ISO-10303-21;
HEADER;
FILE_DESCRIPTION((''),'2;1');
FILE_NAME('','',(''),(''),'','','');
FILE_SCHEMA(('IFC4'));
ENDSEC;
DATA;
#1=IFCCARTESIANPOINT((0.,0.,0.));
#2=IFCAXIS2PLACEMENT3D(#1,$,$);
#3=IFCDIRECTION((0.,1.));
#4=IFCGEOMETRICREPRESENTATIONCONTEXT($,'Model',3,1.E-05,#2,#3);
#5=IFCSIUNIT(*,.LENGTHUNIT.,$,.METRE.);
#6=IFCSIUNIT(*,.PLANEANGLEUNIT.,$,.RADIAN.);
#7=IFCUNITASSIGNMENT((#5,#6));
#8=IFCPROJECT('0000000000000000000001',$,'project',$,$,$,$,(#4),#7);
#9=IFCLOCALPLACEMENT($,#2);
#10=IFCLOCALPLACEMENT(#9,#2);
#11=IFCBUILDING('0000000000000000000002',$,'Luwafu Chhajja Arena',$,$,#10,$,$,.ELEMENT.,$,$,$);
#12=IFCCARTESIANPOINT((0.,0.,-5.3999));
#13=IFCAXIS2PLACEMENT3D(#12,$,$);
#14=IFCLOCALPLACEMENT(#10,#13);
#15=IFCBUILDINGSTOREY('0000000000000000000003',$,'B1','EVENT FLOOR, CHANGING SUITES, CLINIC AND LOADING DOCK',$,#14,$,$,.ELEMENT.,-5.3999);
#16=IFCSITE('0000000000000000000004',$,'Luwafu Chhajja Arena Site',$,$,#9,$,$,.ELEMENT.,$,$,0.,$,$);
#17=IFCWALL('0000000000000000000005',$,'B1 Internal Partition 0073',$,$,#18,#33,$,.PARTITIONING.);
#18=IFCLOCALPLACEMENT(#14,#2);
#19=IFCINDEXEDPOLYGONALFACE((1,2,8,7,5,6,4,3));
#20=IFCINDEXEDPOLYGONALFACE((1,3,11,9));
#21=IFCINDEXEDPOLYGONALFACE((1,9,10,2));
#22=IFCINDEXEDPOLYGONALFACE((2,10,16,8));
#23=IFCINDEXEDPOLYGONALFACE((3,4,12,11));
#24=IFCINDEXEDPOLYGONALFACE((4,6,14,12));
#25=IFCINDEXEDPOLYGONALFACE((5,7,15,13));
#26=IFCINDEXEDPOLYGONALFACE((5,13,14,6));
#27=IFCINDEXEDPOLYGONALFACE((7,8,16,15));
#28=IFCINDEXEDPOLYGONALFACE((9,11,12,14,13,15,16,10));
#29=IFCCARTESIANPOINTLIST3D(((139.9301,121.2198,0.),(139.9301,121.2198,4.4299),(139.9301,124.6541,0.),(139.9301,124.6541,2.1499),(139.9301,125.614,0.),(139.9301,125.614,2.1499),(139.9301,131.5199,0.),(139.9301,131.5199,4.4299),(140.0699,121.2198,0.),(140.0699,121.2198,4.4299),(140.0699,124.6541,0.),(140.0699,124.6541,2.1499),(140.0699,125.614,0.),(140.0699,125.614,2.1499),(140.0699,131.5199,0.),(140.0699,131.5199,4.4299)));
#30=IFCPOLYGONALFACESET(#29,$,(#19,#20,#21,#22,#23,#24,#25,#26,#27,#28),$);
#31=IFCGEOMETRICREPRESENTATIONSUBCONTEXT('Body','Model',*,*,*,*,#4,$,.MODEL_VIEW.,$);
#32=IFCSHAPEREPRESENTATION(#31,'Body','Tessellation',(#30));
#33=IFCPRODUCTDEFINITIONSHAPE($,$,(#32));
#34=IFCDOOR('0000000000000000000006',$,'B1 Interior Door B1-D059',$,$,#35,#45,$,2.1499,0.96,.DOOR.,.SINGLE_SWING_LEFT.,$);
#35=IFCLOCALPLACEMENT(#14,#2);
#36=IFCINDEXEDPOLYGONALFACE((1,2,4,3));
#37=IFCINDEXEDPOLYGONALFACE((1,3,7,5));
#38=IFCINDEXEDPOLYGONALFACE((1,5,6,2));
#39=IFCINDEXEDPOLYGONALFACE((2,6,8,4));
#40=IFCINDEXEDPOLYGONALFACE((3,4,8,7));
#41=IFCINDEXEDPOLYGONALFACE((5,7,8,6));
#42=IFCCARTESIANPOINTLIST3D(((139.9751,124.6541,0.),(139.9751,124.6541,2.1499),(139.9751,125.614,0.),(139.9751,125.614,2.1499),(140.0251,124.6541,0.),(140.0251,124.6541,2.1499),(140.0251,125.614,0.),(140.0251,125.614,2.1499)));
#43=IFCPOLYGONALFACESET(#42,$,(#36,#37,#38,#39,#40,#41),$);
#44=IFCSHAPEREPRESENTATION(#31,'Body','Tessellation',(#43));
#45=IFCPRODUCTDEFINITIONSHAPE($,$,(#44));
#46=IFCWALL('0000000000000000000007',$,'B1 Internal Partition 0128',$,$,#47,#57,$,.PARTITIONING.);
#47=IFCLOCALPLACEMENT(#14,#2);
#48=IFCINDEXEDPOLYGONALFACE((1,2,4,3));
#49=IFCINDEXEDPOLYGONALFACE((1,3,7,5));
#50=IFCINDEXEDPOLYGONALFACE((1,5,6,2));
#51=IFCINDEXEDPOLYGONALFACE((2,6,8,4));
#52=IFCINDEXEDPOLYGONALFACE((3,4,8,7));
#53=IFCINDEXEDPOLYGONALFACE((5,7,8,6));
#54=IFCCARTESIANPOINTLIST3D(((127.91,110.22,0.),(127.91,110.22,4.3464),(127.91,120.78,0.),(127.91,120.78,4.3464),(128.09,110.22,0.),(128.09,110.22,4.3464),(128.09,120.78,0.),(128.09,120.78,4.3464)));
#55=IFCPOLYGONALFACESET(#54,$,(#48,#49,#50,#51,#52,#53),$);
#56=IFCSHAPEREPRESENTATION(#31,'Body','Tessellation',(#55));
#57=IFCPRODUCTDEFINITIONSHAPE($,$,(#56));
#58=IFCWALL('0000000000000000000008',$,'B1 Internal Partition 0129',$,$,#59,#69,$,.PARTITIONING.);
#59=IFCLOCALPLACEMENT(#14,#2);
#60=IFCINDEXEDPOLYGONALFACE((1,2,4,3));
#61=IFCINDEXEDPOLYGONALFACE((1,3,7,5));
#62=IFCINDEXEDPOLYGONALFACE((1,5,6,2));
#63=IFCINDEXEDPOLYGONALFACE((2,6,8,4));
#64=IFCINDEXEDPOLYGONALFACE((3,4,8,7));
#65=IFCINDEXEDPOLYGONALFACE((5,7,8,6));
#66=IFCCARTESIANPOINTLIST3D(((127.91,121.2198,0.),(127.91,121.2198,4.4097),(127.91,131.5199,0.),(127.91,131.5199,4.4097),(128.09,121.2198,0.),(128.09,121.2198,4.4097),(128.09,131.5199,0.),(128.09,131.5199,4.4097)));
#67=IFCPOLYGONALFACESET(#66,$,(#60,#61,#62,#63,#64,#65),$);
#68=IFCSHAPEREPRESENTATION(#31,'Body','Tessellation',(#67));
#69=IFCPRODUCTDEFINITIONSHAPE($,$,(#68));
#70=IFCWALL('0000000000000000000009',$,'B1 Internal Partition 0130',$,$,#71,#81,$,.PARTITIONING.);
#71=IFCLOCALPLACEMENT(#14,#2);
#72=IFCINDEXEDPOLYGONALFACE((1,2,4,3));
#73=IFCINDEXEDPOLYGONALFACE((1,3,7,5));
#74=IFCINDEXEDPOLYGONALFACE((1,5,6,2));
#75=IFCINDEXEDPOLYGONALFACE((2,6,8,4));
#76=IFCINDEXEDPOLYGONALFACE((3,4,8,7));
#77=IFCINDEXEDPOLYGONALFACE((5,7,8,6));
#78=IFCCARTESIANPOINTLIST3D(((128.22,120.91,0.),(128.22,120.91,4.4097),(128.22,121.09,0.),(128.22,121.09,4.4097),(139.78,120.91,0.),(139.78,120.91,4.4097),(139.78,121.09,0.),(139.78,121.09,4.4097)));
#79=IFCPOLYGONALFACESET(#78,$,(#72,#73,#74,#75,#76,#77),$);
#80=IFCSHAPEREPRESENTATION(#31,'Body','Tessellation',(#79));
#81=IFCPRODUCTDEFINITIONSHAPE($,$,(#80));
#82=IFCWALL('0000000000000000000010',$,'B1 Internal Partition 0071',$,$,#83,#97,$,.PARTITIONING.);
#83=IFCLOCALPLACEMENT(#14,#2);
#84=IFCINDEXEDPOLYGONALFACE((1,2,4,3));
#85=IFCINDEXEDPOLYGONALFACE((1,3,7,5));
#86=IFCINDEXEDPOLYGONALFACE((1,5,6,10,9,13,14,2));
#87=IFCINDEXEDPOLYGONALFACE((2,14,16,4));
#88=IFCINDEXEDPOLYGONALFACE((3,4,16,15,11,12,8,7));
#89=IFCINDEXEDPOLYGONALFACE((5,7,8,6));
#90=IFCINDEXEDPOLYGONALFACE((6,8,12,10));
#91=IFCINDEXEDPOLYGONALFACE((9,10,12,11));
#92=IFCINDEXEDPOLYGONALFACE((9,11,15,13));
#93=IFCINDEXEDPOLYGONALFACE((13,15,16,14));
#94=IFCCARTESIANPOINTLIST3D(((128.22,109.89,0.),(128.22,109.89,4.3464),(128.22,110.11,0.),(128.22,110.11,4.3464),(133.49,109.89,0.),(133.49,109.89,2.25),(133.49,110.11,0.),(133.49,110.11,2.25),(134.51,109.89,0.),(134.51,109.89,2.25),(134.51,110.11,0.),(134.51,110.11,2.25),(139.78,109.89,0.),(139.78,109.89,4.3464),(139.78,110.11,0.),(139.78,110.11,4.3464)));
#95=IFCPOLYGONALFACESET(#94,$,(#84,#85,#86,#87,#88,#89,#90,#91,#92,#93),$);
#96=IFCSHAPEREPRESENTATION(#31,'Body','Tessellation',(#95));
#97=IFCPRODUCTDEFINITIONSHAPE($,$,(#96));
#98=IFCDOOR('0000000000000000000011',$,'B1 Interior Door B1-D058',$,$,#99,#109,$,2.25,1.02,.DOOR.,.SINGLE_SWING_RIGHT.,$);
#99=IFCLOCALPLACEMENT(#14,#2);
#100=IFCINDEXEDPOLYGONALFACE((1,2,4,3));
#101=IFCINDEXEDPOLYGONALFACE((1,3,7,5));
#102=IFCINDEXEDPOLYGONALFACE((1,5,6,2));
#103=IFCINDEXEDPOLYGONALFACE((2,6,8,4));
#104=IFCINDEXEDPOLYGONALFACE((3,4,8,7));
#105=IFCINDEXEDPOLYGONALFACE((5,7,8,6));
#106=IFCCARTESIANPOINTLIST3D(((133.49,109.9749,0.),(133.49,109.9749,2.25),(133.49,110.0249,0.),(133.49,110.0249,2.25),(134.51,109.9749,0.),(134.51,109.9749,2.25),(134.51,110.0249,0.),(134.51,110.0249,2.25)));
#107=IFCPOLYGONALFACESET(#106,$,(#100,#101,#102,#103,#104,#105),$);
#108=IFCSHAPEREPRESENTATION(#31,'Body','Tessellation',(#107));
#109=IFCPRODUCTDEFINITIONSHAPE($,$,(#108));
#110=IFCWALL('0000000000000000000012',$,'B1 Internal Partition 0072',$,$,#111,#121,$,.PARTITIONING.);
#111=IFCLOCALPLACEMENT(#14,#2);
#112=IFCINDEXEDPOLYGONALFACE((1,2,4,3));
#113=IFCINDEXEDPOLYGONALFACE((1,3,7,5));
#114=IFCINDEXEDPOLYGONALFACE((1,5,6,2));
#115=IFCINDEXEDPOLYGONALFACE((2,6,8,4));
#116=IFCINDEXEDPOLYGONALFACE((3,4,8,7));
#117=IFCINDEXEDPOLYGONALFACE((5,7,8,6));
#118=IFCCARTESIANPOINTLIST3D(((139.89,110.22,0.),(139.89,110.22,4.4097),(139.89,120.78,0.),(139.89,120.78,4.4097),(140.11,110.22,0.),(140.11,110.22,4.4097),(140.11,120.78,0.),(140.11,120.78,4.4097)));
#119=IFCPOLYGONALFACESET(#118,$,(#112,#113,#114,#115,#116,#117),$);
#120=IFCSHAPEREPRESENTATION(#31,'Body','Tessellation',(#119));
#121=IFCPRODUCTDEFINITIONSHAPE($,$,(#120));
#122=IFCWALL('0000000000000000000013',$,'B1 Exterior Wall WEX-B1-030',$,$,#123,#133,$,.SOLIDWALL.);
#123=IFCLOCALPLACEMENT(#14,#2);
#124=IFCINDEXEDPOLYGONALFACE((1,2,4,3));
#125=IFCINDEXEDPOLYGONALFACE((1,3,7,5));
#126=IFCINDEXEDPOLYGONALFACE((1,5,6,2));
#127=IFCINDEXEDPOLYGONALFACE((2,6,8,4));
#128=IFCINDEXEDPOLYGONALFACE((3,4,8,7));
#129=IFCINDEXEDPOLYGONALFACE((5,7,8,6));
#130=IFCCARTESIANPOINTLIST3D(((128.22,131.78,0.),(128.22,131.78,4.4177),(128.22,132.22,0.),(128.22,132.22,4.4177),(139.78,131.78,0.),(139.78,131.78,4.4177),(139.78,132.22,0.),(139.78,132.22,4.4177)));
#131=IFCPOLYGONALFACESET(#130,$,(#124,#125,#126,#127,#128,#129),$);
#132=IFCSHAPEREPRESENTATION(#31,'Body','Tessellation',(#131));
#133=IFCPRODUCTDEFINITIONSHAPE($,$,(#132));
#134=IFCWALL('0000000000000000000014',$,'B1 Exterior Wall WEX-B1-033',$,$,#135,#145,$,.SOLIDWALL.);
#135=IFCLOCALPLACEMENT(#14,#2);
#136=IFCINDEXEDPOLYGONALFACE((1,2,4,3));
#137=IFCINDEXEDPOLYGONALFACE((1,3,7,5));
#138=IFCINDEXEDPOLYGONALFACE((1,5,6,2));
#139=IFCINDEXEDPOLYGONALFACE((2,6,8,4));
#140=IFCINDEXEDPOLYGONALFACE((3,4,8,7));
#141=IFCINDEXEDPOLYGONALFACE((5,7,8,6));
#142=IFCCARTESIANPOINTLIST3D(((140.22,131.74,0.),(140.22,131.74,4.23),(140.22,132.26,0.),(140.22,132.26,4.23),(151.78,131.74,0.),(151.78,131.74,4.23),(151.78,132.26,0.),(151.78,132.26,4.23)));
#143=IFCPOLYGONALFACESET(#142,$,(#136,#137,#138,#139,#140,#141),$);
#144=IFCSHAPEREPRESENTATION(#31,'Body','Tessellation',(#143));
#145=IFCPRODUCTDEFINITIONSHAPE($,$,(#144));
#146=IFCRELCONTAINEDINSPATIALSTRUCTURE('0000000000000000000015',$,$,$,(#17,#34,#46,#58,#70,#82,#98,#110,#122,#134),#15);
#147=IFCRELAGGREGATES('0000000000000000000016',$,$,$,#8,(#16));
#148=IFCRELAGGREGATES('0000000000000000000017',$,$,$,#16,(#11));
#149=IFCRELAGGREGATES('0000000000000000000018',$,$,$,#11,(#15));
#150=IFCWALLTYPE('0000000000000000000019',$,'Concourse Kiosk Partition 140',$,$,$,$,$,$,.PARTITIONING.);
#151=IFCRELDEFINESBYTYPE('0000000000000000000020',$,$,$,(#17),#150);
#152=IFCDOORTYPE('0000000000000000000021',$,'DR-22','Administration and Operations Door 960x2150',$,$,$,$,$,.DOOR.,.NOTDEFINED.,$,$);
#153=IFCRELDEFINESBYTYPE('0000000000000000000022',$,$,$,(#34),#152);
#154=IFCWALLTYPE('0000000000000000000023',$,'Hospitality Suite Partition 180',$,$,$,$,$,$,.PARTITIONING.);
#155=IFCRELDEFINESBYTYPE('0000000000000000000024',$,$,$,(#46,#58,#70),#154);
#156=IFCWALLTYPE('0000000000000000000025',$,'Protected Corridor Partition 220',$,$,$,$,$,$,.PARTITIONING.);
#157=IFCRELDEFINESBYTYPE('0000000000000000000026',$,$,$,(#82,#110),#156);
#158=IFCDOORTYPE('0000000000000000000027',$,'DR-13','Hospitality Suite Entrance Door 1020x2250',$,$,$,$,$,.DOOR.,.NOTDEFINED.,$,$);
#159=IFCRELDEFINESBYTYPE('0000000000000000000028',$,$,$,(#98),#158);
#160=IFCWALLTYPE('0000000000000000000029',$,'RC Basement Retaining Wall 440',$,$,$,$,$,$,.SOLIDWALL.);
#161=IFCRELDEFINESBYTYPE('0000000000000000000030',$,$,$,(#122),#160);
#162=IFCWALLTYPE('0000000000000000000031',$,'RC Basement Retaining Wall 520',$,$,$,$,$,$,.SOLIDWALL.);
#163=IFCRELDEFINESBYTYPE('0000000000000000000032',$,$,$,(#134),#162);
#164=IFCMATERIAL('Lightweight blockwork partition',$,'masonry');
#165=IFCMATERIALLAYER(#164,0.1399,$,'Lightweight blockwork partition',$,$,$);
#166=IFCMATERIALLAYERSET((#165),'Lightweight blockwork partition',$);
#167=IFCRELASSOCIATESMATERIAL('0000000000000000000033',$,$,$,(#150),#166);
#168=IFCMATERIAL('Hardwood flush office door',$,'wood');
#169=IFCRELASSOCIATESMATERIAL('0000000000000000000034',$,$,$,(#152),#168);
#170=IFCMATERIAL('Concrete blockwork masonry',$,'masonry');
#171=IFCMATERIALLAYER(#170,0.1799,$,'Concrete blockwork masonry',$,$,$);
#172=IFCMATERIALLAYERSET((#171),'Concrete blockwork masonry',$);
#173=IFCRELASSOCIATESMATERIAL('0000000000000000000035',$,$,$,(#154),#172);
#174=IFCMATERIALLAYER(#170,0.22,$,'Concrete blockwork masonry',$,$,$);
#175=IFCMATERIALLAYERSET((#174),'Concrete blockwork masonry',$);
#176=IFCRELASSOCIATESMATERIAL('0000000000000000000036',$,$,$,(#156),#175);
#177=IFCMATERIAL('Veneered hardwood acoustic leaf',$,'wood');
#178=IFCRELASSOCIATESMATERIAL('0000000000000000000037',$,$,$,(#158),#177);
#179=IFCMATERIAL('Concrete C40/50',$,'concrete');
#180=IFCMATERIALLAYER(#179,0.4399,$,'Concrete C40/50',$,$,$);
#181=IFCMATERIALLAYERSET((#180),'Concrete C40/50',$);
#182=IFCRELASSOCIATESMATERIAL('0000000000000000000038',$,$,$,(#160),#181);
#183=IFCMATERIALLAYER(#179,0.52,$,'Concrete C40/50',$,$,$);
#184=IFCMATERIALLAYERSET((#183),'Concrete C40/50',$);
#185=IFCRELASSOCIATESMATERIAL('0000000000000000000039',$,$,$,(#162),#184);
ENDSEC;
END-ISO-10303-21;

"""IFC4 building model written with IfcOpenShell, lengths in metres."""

from ifc_helpers import new_model, si_unit, direction, frame, frame_2d, origin, place, context, subcontext, project, spatial, rectangle, extrude, material, layer, layer_set, type_object, element, fill, save


model = new_model("IFC4")

# Units and contexts
model_context = context("Model", 3, precision=1e-05, world=origin(), true_north=direction((0.0, 1.0)))
body_context = subcontext(model_context, "Body", "Model", "MODEL_VIEW")
ifc_project = project(units=[si_unit("LENGTHUNIT", "METRE"), si_unit("PLANEANGLEUNIT", "RADIAN")], contexts=[model_context])

# Site, building, storey
site_placement = place(None, origin())
site = spatial("IfcSite", under=ifc_project, at=site_placement, Name="Luwafu Chhajja Arena Site", CompositionType="ELEMENT", RefElevation=0.0)
building_placement = place(site_placement, origin())
building = spatial("IfcBuilding", under=site, at=building_placement, Name="Luwafu Chhajja Arena", CompositionType="ELEMENT")
storey_placement = place(building_placement, frame((0.0, 0.0, -5.3999)))
storey = spatial("IfcBuildingStorey", under=building, at=storey_placement, Name="B1", Description="EVENT FLOOR, CHANGING SUITES, CLINIC AND LOADING DOCK", CompositionType="ELEMENT", Elevation=-5.3999)

# Shared definitions
ifc_material_1 = material(Name="Concrete C40/50", Category="concrete")

# Wall, opening, door
ifc_material_2 = material(Name="Lightweight blockwork partition", Category="masonry")
ifc_layer_1 = layer(ifc_material_2, 0.1399, Name="Lightweight blockwork partition")
ifc_layer_set_1 = layer_set([ifc_layer_1], Name="Lightweight blockwork partition")
wall_type_1 = type_object("IfcWallType", Name="Concourse Kiosk Partition 140", PredefinedType="PARTITIONING", material=ifc_layer_set_1)
wall_1_placement = place(storey_placement, frame((140.0, 121.22, 0.0), z_axis=(0.0, 0.0, 1.0), x_axis=(0.0, 1.0, 0.0)))
wall_1 = element("IfcWall", 1, at=wall_1_placement, inside=storey, type_object=wall_type_1, Name="B1 Internal Partition 0073", PredefinedType="PARTITIONING", context=body_context, shape_type="SweptSolid", body=[
    extrude(rectangle(XDim=10.3, YDim=0.1399, at=frame_2d((5.1499, 0.0))), origin(), (0.0, 0.0, 1.0), 4.4299),
])
opening_1_placement = place(wall_1_placement, frame((3.4341, 0.0, 0.0)))
opening_1 = element("IfcOpeningElement", 2, at=opening_1_placement, cuts=wall_1, PredefinedType="OPENING", context=body_context, shape_type="SweptSolid", body=[
    extrude(rectangle(XDim=0.96, YDim=2.1499, at=frame_2d((0.48, 1.075))), frame((0.0, 0.0798, 0.0), z_axis=(0.0, -1.0, 0.0), x_axis=(1.0, 0.0, 0.0)), (0.0, 0.0, 1.0), 0.1599),
])
ifc_material_3 = material(Name="Hardwood flush office door", Category="wood")
door_type_1 = type_object("IfcDoorType", Name="DR-22", Description="Administration and Operations Door 960x2150", OperationType="NOTDEFINED", PredefinedType="DOOR", material=ifc_material_3)
door_1_placement = place(opening_1_placement, origin())
door_1 = element("IfcDoor", 3, at=door_1_placement, inside=storey, type_object=door_type_1, Name="B1 Interior Door B1-D059", OperationType="SINGLE_SWING_LEFT", OverallHeight=2.1499, OverallWidth=0.96, PredefinedType="DOOR", context=body_context, shape_type="SweptSolid", body=[
    extrude(rectangle(XDim=0.96, YDim=2.1499, at=frame_2d((0.48, 1.075))), frame((0.0, 0.0249, 0.0), z_axis=(0.0, -1.0, 0.0), x_axis=(1.0, 0.0, 0.0)), (0.0, 0.0, 1.0), 0.05),
])
fill(opening_1, door_1)

# Walls
ifc_material_4 = material(Name="Concrete blockwork masonry", Category="masonry")
ifc_layer_2 = layer(ifc_material_4, 0.1799, Name="Concrete blockwork masonry")
ifc_layer_set_2 = layer_set([ifc_layer_2], Name="Concrete blockwork masonry")
wall_type_2 = type_object("IfcWallType", Name="Hospitality Suite Partition 180", PredefinedType="PARTITIONING", material=ifc_layer_set_2)
wall_2_placement = place(storey_placement, frame((128.0, 110.22, 0.0), z_axis=(0.0, 0.0, 1.0), x_axis=(0.0, 1.0, 0.0)))
element("IfcWall", 4, at=wall_2_placement, inside=storey, type_object=wall_type_2, Name="B1 Internal Partition 0128", PredefinedType="PARTITIONING", context=body_context, shape_type="SweptSolid", body=[
    extrude(rectangle(XDim=10.5601, YDim=0.1799, at=frame_2d((5.28, 0.0))), origin(), (0.0, 0.0, 1.0), 4.3464),
])
wall_3_placement = place(storey_placement, frame((128.0, 121.22, 0.0), z_axis=(0.0, 0.0, 1.0), x_axis=(0.0, 1.0, 0.0)))
element("IfcWall", 5, at=wall_3_placement, inside=storey, type_object=wall_type_2, Name="B1 Internal Partition 0129", PredefinedType="PARTITIONING", context=body_context, shape_type="SweptSolid", body=[
    extrude(rectangle(XDim=10.3, YDim=0.1799, at=frame_2d((5.1499, 0.0))), origin(), (0.0, 0.0, 1.0), 4.4097),
])
wall_4_placement = place(storey_placement, frame((128.22, 121.0, 0.0), z_axis=(0.0, 0.0, 1.0), x_axis=(1.0, 0.0, 0.0)))
element("IfcWall", 6, at=wall_4_placement, inside=storey, type_object=wall_type_2, Name="B1 Internal Partition 0130", PredefinedType="PARTITIONING", context=body_context, shape_type="SweptSolid", body=[
    extrude(rectangle(XDim=11.5601, YDim=0.1799, at=frame_2d((5.78, 0.0))), origin(), (0.0, 0.0, 1.0), 4.4097),
])

# Wall, opening, door
ifc_layer_3 = layer(ifc_material_4, 0.22, Name="Concrete blockwork masonry")
ifc_layer_set_3 = layer_set([ifc_layer_3], Name="Concrete blockwork masonry")
wall_type_3 = type_object("IfcWallType", Name="Protected Corridor Partition 220", PredefinedType="PARTITIONING", material=ifc_layer_set_3)
wall_5_placement = place(storey_placement, frame((128.22, 110.0, 0.0), z_axis=(0.0, 0.0, 1.0), x_axis=(1.0, 0.0, 0.0)))
wall_5 = element("IfcWall", 7, at=wall_5_placement, inside=storey, type_object=wall_type_3, Name="B1 Internal Partition 0071", PredefinedType="PARTITIONING", context=body_context, shape_type="SweptSolid", body=[
    extrude(rectangle(XDim=11.5601, YDim=0.22, at=frame_2d((5.78, 0.0))), origin(), (0.0, 0.0, 1.0), 4.3464),
])
opening_2_placement = place(wall_5_placement, frame((5.27, 0.0, 0.0)))
opening_2 = element("IfcOpeningElement", 8, at=opening_2_placement, cuts=wall_5, PredefinedType="OPENING", context=body_context, shape_type="SweptSolid", body=[
    extrude(rectangle(XDim=1.02, YDim=2.25, at=frame_2d((0.51, 1.125))), frame((0.0, 0.1199, 0.0), z_axis=(0.0, -1.0, 0.0), x_axis=(1.0, 0.0, 0.0)), (0.0, 0.0, 1.0), 0.24),
])
ifc_material_5 = material(Name="Veneered hardwood acoustic leaf", Category="wood")
door_type_2 = type_object("IfcDoorType", Name="DR-13", Description="Hospitality Suite Entrance Door 1020x2250", OperationType="NOTDEFINED", PredefinedType="DOOR", material=ifc_material_5)
door_2_placement = place(opening_2_placement, origin())
door_2 = element("IfcDoor", 9, at=door_2_placement, inside=storey, type_object=door_type_2, Name="B1 Interior Door B1-D058", OperationType="SINGLE_SWING_RIGHT", OverallHeight=2.25, OverallWidth=1.02, PredefinedType="DOOR", context=body_context, shape_type="SweptSolid", body=[
    extrude(rectangle(XDim=1.02, YDim=2.25, at=frame_2d((0.51, 1.125))), frame((0.0, 0.0249, 0.0), z_axis=(0.0, -1.0, 0.0), x_axis=(1.0, 0.0, 0.0)), (0.0, 0.0, 1.0), 0.05),
])
fill(opening_2, door_2)

# Walls
wall_6_placement = place(storey_placement, frame((140.0, 110.22, 0.0), z_axis=(0.0, 0.0, 1.0), x_axis=(0.0, 1.0, 0.0)))
element("IfcWall", 10, at=wall_6_placement, inside=storey, type_object=wall_type_3, Name="B1 Internal Partition 0072", PredefinedType="PARTITIONING", context=body_context, shape_type="SweptSolid", body=[
    extrude(rectangle(XDim=10.5601, YDim=0.22, at=frame_2d((5.28, 0.0))), origin(), (0.0, 0.0, 1.0), 4.4097),
])
ifc_layer_4 = layer(ifc_material_1, 0.4399, Name="Concrete C40/50")
ifc_layer_set_4 = layer_set([ifc_layer_4], Name="Concrete C40/50")
wall_type_4 = type_object("IfcWallType", Name="RC Basement Retaining Wall 440", PredefinedType="SOLIDWALL", material=ifc_layer_set_4)
wall_7_placement = place(storey_placement, frame((128.22, 132.0, 0.0), z_axis=(0.0, 0.0, 1.0), x_axis=(1.0, 0.0, 0.0)))
element("IfcWall", 11, at=wall_7_placement, inside=storey, type_object=wall_type_4, Name="B1 Exterior Wall WEX-B1-030", PredefinedType="SOLIDWALL", context=body_context, shape_type="SweptSolid", body=[
    extrude(rectangle(XDim=11.5601, YDim=0.4399, at=frame_2d((5.78, 0.0))), origin(), (0.0, 0.0, 1.0), 4.4177),
])
ifc_layer_5 = layer(ifc_material_1, 0.52, Name="Concrete C40/50")
ifc_layer_set_5 = layer_set([ifc_layer_5], Name="Concrete C40/50")
wall_type_5 = type_object("IfcWallType", Name="RC Basement Retaining Wall 520", PredefinedType="SOLIDWALL", material=ifc_layer_set_5)
wall_8_placement = place(storey_placement, frame((140.22, 132.0, 0.0), z_axis=(0.0, 0.0, 1.0), x_axis=(1.0, 0.0, 0.0)))
element("IfcWall", 12, at=wall_8_placement, inside=storey, type_object=wall_type_5, Name="B1 Exterior Wall WEX-B1-033", PredefinedType="SOLIDWALL", context=body_context, shape_type="SweptSolid", body=[
    extrude(rectangle(XDim=11.5601, YDim=0.52, at=frame_2d((5.78, 0.0))), origin(), (0.0, 0.0, 1.0), 4.23),
])

save(model, "model.ifc")
